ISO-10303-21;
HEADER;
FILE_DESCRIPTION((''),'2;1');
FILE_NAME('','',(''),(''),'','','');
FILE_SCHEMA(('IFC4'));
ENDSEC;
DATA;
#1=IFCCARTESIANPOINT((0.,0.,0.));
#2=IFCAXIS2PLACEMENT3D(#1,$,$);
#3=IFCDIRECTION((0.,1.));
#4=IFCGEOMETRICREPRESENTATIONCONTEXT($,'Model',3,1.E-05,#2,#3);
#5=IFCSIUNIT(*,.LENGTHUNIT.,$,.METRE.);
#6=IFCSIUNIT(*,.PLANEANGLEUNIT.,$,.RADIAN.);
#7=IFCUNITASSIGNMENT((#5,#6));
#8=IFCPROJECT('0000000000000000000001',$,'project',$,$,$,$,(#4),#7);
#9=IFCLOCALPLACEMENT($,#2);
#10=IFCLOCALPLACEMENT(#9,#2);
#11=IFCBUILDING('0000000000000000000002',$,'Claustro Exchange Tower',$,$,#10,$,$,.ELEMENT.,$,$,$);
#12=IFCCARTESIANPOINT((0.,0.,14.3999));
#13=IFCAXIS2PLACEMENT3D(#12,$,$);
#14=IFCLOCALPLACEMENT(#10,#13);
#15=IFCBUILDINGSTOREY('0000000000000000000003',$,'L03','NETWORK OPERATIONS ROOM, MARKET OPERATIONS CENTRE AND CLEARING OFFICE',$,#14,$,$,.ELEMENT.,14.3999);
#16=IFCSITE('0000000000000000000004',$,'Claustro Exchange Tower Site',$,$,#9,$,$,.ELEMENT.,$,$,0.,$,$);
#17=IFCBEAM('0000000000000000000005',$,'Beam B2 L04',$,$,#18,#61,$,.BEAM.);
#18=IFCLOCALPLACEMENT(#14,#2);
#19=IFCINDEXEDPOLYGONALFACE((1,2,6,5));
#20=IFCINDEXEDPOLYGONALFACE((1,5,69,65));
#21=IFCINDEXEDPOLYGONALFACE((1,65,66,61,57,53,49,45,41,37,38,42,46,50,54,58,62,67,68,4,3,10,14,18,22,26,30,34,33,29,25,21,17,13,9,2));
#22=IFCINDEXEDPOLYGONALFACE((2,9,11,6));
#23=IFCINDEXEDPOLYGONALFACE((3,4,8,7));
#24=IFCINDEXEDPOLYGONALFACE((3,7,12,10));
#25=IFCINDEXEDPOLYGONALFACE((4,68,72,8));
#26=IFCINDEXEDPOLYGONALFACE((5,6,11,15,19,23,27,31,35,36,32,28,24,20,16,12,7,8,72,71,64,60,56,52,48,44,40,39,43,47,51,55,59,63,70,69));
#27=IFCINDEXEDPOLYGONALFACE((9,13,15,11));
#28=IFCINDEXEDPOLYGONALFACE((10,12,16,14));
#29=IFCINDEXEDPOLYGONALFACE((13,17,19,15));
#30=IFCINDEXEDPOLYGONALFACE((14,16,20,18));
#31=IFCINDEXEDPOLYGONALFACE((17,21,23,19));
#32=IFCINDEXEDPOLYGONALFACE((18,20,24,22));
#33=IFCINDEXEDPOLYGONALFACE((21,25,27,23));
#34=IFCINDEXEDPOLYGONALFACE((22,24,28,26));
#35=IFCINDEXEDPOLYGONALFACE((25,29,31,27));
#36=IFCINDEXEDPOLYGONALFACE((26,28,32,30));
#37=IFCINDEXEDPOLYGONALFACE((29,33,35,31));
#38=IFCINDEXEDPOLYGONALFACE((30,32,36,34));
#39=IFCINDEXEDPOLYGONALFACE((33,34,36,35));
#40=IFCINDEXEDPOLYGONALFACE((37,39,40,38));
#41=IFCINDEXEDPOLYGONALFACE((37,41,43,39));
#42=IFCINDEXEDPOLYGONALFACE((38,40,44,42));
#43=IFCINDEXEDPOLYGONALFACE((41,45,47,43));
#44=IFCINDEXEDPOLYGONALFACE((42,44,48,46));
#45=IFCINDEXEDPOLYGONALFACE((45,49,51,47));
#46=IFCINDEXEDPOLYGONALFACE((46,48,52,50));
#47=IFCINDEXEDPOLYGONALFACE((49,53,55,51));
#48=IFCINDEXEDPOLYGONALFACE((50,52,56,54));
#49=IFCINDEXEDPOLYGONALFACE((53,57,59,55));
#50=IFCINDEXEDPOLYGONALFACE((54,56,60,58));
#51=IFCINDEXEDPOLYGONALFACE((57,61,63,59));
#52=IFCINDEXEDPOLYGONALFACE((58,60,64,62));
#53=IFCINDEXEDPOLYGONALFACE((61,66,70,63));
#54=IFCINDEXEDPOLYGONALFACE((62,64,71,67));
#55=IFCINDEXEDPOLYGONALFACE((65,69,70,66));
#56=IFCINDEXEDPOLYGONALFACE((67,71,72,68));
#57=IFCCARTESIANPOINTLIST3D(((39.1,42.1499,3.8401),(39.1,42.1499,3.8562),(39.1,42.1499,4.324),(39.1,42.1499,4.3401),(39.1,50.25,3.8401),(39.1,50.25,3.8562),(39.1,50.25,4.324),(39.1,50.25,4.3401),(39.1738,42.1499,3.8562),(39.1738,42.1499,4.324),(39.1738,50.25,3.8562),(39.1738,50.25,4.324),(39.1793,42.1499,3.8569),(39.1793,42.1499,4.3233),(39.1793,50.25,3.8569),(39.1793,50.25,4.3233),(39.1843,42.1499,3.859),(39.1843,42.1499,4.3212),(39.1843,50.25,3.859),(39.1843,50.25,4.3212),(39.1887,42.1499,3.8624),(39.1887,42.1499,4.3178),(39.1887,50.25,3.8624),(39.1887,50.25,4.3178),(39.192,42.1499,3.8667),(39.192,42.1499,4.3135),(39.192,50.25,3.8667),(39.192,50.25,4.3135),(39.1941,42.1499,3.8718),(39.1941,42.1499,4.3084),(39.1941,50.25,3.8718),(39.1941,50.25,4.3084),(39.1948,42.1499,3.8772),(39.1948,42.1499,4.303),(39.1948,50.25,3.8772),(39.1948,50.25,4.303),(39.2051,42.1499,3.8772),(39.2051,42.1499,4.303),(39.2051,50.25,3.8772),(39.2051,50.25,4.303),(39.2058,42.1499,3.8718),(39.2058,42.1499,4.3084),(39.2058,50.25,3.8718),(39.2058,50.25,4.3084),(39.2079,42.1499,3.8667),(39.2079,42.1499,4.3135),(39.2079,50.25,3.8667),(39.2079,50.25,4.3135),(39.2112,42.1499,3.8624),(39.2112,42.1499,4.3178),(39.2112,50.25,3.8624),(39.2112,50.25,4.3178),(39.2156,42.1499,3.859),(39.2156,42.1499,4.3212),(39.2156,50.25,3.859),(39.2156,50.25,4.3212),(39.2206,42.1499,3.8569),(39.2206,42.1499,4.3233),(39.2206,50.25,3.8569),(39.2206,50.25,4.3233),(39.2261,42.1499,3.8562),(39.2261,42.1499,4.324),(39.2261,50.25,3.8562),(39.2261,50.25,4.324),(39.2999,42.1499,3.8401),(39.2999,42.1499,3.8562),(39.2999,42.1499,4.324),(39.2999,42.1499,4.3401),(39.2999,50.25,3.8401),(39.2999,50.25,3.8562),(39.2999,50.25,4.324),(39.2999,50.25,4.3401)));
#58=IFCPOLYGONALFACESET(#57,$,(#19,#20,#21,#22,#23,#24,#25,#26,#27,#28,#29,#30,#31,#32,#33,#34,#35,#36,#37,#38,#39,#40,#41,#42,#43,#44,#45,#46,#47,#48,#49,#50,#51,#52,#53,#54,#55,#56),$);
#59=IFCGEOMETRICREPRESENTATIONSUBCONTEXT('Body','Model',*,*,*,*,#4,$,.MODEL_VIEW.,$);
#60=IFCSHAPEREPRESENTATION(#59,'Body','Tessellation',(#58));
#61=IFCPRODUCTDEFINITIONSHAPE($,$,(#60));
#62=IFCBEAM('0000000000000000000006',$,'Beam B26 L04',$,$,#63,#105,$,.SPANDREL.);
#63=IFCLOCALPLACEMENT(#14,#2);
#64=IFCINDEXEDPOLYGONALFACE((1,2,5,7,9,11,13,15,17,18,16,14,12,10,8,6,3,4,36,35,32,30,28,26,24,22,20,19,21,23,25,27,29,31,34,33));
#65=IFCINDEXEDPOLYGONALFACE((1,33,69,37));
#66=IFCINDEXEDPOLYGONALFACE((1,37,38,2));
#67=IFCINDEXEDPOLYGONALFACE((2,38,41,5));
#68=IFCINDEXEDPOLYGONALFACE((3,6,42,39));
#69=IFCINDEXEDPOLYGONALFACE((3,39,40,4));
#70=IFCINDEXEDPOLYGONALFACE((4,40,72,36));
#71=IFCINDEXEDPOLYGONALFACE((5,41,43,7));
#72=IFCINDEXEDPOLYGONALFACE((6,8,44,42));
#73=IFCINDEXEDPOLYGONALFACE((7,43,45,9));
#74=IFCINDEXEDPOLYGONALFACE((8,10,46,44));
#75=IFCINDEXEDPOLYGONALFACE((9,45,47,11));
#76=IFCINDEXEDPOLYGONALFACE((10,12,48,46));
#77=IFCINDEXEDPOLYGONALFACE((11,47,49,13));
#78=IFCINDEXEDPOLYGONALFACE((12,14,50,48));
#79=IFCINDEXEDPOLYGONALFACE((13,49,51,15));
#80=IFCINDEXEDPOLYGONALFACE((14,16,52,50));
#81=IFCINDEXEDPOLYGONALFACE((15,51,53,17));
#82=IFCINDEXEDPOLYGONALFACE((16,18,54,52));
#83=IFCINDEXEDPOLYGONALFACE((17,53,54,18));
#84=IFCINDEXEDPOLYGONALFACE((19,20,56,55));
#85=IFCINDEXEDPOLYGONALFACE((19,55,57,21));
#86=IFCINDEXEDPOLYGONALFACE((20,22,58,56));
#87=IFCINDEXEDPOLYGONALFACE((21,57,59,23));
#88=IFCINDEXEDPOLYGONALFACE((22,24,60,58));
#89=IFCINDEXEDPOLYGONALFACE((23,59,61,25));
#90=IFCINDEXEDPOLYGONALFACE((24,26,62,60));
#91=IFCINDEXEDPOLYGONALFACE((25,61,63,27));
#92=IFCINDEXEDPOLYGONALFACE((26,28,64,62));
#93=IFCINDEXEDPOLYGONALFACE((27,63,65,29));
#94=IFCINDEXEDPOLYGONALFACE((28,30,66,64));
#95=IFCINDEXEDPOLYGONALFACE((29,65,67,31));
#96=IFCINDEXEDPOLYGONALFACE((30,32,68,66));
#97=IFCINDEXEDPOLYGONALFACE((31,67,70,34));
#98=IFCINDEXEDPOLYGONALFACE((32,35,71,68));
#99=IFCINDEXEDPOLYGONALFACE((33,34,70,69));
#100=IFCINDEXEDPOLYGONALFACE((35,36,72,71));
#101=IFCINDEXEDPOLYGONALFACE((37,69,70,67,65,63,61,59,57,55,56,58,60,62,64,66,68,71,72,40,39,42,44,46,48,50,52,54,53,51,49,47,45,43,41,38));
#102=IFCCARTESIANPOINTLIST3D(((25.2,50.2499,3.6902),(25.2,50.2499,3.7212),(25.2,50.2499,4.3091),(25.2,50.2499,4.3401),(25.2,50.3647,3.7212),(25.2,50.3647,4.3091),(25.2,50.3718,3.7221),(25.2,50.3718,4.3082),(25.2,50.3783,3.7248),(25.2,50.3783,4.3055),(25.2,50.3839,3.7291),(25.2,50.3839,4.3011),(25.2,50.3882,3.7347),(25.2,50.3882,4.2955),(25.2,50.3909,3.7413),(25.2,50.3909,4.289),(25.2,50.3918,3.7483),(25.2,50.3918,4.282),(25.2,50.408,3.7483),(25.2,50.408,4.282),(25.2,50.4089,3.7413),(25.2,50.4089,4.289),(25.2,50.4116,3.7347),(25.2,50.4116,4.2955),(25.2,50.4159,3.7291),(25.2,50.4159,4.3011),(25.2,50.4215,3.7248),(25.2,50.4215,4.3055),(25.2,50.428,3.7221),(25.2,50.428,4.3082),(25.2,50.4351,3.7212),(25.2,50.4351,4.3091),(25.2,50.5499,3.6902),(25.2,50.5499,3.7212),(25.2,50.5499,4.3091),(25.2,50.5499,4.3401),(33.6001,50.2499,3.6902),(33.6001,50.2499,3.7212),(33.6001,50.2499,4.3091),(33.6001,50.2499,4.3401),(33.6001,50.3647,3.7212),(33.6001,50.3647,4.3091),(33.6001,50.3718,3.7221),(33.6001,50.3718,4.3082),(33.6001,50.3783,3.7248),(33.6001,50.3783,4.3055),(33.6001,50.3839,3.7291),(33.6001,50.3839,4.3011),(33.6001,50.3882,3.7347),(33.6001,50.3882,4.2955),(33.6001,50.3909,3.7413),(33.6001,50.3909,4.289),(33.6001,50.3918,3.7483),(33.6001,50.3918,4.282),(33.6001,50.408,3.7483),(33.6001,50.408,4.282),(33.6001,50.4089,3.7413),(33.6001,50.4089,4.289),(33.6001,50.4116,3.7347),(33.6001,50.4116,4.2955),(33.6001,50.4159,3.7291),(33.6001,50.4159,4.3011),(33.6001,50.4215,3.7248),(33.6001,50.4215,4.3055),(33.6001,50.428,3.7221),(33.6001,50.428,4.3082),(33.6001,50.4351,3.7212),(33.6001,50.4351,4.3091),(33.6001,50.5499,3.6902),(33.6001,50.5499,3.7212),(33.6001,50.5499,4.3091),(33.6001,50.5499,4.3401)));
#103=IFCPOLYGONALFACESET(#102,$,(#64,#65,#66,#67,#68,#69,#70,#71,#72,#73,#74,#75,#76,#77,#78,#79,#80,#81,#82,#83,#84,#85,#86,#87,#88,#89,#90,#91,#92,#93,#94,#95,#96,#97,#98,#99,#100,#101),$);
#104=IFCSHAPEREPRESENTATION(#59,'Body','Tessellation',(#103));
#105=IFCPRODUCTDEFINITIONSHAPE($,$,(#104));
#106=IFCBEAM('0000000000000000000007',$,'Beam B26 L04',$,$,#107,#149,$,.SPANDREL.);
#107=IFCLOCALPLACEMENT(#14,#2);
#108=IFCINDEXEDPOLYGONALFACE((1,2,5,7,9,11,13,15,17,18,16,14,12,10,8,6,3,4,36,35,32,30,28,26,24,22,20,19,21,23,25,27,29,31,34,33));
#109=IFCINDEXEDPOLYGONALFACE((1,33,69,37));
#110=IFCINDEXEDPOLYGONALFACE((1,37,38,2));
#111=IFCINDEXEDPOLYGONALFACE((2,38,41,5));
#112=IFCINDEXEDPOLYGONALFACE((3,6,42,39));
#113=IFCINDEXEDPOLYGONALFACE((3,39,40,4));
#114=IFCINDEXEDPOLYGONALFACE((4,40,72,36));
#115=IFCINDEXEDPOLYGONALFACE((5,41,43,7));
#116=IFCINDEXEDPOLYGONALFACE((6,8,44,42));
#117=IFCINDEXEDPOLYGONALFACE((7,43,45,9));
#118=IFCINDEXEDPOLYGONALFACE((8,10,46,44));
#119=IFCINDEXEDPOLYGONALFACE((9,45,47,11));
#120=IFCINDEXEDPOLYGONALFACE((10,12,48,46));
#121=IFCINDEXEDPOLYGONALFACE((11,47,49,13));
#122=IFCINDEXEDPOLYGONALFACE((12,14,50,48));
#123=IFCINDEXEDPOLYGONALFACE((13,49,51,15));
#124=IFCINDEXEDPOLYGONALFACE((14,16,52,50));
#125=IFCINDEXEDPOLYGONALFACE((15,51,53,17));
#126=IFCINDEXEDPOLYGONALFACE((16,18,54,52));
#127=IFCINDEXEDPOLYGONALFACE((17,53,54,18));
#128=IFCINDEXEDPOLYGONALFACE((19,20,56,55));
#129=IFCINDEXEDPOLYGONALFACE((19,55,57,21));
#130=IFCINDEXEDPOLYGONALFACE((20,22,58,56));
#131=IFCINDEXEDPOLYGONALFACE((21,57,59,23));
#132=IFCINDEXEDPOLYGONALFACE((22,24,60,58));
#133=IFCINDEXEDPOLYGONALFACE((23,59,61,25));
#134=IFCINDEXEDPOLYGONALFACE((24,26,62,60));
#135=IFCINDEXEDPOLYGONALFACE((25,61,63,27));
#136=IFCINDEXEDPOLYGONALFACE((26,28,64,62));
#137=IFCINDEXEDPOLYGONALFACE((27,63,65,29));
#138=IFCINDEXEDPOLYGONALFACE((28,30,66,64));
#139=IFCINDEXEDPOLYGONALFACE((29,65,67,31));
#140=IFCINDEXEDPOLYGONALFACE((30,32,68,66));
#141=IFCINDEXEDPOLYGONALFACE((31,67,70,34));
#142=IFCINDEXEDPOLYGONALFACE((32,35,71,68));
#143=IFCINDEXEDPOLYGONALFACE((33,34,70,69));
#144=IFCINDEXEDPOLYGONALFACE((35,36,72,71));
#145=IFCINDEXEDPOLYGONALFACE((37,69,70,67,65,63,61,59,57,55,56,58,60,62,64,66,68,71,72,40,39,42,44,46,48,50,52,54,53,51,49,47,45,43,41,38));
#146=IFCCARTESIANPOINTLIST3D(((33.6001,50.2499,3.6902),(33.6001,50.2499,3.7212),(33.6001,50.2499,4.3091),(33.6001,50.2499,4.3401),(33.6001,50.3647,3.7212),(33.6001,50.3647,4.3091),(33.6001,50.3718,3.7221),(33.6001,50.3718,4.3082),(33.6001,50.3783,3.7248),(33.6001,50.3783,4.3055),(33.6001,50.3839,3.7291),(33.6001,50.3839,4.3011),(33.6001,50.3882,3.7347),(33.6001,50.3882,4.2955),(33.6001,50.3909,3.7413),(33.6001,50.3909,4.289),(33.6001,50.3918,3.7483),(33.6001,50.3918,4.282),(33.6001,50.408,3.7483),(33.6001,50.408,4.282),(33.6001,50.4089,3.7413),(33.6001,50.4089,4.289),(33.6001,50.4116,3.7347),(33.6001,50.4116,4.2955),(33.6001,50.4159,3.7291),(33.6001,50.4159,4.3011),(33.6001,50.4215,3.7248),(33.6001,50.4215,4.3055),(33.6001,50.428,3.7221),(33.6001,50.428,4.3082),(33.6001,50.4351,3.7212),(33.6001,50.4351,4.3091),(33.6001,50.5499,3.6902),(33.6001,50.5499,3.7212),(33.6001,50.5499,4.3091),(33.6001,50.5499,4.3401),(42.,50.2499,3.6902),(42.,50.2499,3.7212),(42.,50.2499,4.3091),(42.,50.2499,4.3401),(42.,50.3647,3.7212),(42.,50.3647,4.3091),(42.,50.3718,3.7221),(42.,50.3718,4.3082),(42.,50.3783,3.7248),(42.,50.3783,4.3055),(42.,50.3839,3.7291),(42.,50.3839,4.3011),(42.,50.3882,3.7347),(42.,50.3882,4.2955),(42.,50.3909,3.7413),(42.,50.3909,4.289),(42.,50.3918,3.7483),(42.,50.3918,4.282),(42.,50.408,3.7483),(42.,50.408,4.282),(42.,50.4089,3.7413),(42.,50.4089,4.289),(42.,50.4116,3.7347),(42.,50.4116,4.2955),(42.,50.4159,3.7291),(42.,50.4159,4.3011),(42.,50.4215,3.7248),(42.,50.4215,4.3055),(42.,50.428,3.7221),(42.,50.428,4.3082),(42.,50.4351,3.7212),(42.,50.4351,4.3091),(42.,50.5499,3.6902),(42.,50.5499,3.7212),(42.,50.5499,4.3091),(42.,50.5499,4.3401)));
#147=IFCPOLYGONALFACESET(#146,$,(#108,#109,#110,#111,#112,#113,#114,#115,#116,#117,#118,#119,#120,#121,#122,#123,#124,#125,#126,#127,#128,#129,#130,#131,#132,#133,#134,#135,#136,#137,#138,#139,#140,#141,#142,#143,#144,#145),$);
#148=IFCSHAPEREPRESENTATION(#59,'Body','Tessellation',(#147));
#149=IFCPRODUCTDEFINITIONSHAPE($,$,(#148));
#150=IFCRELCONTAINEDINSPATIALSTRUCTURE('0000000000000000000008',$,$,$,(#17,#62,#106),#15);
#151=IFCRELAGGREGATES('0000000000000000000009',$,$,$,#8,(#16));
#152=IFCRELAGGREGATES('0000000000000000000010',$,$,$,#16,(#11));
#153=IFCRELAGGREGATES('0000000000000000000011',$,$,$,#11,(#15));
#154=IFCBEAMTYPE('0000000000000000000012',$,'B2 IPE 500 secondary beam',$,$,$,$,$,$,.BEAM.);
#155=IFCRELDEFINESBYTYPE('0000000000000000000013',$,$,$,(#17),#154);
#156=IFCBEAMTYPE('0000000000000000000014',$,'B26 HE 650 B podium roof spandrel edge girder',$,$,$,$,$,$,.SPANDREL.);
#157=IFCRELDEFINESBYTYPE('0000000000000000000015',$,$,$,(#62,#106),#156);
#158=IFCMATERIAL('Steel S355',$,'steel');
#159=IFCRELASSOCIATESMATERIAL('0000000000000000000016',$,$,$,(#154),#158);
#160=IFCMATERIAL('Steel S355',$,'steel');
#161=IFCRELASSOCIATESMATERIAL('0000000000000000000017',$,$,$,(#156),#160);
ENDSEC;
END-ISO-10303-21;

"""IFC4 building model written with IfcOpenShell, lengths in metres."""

from ifc_helpers import new_model, si_unit, direction, frame, origin, origin_2d, place, context, subcontext, project, spatial, i_section, extrude, material, material_profile, profile_set, type_object, element, save


model = new_model("IFC4")

# Units and contexts
model_context = context("Model", 3, precision=1e-05, world=origin(), true_north=direction((0.0, 1.0)))
body_context = subcontext(model_context, "Body", "Model", "MODEL_VIEW")
ifc_project = project(units=[si_unit("LENGTHUNIT", "METRE"), si_unit("PLANEANGLEUNIT", "RADIAN")], contexts=[model_context])

# Site, building, storey
site_placement = place(None, origin())
site = spatial("IfcSite", under=ifc_project, at=site_placement, Name="Claustro Exchange Tower Site", CompositionType="ELEMENT", RefElevation=0.0)
building_placement = place(site_placement, origin())
building = spatial("IfcBuilding", under=site, at=building_placement, Name="Claustro Exchange Tower", CompositionType="ELEMENT")
storey_placement = place(building_placement, frame((0.0, 0.0, 14.3999)))
storey = spatial("IfcBuildingStorey", under=building, at=storey_placement, Name="L03", Description="NETWORK OPERATIONS ROOM, MARKET OPERATIONS CENTRE AND CLEARING OFFICE", CompositionType="ELEMENT", Elevation=14.3999)

# Beams
ifc_material_1 = material(Name="Steel S355", Category="steel")
ifc_material_profile_1 = material_profile(ifc_material_1, i_section(OverallWidth=0.2, OverallDepth=0.5, WebThickness=0.0103, FlangeThickness=0.0161, FilletRadius=0.021, at=origin_2d()), Name="IPE 500")
ifc_profile_set_1 = profile_set([ifc_material_profile_1], Name="Steel S355")
beam_type_1 = type_object("IfcBeamType", Name="B2 IPE 500 secondary beam", PredefinedType="BEAM", material=ifc_profile_set_1)
for number, where, z_axis, x_axis, name in (
    (1, (39.2, 42.1499, 4.0901), (0.0, 1.0, 0.0), (-1.0, 0.0, 0.0), "Beam B2 L04"),
):
    element("IfcBeam", number, at=place(storey_placement, frame(where, z_axis=z_axis, x_axis=x_axis)), inside=storey, type_object=beam_type_1, Name=name, PredefinedType="BEAM", context=body_context, shape_type="SweptSolid", body=[
        extrude(i_section(OverallWidth=0.2, OverallDepth=0.5, WebThickness=0.0103, FlangeThickness=0.0161, FilletRadius=0.021, at=origin_2d()), origin(), (0.0, 0.0, 1.0), 8.1001),
    ])
ifc_material_2 = material(Name="Steel S355", Category="steel")
ifc_material_profile_2 = material_profile(ifc_material_2, i_section(OverallWidth=0.3, OverallDepth=0.6499, WebThickness=0.0161, FlangeThickness=0.031, FilletRadius=0.0271, at=origin_2d()), Name="HE 650 B")
ifc_profile_set_2 = profile_set([ifc_material_profile_2], Name="Steel S355")
beam_type_2 = type_object("IfcBeamType", Name="B26 HE 650 B podium roof spandrel edge girder", PredefinedType="SPANDREL", material=ifc_profile_set_2)
beam_1_placement = place(storey_placement, frame((25.2, 50.3999, 4.0151), z_axis=(1.0, 0.0, 0.0), x_axis=(0.0, 1.0, 0.0)))
element("IfcBeam", 2, at=beam_1_placement, inside=storey, type_object=beam_type_2, Name="Beam B26 L04", PredefinedType="SPANDREL", context=body_context, shape_type="SweptSolid", body=[
    extrude(i_section(OverallWidth=0.3, OverallDepth=0.6499, WebThickness=0.0161, FlangeThickness=0.031, FilletRadius=0.0271, at=origin_2d()), origin(), (0.0, 0.0, 1.0), 8.4001),
])
beam_2_placement = place(storey_placement, frame((33.6001, 50.3999, 4.0151), z_axis=(1.0, 0.0, 0.0), x_axis=(0.0, 1.0, 0.0)))
element("IfcBeam", 3, at=beam_2_placement, inside=storey, type_object=beam_type_2, Name="Beam B26 L04", PredefinedType="SPANDREL", context=body_context, shape_type="SweptSolid", body=[
    extrude(i_section(OverallWidth=0.3, OverallDepth=0.6499, WebThickness=0.0161, FlangeThickness=0.031, FilletRadius=0.0271, at=origin_2d()), origin(), (0.0, 0.0, 1.0), 8.3999),
])

save(model, "model.ifc")
